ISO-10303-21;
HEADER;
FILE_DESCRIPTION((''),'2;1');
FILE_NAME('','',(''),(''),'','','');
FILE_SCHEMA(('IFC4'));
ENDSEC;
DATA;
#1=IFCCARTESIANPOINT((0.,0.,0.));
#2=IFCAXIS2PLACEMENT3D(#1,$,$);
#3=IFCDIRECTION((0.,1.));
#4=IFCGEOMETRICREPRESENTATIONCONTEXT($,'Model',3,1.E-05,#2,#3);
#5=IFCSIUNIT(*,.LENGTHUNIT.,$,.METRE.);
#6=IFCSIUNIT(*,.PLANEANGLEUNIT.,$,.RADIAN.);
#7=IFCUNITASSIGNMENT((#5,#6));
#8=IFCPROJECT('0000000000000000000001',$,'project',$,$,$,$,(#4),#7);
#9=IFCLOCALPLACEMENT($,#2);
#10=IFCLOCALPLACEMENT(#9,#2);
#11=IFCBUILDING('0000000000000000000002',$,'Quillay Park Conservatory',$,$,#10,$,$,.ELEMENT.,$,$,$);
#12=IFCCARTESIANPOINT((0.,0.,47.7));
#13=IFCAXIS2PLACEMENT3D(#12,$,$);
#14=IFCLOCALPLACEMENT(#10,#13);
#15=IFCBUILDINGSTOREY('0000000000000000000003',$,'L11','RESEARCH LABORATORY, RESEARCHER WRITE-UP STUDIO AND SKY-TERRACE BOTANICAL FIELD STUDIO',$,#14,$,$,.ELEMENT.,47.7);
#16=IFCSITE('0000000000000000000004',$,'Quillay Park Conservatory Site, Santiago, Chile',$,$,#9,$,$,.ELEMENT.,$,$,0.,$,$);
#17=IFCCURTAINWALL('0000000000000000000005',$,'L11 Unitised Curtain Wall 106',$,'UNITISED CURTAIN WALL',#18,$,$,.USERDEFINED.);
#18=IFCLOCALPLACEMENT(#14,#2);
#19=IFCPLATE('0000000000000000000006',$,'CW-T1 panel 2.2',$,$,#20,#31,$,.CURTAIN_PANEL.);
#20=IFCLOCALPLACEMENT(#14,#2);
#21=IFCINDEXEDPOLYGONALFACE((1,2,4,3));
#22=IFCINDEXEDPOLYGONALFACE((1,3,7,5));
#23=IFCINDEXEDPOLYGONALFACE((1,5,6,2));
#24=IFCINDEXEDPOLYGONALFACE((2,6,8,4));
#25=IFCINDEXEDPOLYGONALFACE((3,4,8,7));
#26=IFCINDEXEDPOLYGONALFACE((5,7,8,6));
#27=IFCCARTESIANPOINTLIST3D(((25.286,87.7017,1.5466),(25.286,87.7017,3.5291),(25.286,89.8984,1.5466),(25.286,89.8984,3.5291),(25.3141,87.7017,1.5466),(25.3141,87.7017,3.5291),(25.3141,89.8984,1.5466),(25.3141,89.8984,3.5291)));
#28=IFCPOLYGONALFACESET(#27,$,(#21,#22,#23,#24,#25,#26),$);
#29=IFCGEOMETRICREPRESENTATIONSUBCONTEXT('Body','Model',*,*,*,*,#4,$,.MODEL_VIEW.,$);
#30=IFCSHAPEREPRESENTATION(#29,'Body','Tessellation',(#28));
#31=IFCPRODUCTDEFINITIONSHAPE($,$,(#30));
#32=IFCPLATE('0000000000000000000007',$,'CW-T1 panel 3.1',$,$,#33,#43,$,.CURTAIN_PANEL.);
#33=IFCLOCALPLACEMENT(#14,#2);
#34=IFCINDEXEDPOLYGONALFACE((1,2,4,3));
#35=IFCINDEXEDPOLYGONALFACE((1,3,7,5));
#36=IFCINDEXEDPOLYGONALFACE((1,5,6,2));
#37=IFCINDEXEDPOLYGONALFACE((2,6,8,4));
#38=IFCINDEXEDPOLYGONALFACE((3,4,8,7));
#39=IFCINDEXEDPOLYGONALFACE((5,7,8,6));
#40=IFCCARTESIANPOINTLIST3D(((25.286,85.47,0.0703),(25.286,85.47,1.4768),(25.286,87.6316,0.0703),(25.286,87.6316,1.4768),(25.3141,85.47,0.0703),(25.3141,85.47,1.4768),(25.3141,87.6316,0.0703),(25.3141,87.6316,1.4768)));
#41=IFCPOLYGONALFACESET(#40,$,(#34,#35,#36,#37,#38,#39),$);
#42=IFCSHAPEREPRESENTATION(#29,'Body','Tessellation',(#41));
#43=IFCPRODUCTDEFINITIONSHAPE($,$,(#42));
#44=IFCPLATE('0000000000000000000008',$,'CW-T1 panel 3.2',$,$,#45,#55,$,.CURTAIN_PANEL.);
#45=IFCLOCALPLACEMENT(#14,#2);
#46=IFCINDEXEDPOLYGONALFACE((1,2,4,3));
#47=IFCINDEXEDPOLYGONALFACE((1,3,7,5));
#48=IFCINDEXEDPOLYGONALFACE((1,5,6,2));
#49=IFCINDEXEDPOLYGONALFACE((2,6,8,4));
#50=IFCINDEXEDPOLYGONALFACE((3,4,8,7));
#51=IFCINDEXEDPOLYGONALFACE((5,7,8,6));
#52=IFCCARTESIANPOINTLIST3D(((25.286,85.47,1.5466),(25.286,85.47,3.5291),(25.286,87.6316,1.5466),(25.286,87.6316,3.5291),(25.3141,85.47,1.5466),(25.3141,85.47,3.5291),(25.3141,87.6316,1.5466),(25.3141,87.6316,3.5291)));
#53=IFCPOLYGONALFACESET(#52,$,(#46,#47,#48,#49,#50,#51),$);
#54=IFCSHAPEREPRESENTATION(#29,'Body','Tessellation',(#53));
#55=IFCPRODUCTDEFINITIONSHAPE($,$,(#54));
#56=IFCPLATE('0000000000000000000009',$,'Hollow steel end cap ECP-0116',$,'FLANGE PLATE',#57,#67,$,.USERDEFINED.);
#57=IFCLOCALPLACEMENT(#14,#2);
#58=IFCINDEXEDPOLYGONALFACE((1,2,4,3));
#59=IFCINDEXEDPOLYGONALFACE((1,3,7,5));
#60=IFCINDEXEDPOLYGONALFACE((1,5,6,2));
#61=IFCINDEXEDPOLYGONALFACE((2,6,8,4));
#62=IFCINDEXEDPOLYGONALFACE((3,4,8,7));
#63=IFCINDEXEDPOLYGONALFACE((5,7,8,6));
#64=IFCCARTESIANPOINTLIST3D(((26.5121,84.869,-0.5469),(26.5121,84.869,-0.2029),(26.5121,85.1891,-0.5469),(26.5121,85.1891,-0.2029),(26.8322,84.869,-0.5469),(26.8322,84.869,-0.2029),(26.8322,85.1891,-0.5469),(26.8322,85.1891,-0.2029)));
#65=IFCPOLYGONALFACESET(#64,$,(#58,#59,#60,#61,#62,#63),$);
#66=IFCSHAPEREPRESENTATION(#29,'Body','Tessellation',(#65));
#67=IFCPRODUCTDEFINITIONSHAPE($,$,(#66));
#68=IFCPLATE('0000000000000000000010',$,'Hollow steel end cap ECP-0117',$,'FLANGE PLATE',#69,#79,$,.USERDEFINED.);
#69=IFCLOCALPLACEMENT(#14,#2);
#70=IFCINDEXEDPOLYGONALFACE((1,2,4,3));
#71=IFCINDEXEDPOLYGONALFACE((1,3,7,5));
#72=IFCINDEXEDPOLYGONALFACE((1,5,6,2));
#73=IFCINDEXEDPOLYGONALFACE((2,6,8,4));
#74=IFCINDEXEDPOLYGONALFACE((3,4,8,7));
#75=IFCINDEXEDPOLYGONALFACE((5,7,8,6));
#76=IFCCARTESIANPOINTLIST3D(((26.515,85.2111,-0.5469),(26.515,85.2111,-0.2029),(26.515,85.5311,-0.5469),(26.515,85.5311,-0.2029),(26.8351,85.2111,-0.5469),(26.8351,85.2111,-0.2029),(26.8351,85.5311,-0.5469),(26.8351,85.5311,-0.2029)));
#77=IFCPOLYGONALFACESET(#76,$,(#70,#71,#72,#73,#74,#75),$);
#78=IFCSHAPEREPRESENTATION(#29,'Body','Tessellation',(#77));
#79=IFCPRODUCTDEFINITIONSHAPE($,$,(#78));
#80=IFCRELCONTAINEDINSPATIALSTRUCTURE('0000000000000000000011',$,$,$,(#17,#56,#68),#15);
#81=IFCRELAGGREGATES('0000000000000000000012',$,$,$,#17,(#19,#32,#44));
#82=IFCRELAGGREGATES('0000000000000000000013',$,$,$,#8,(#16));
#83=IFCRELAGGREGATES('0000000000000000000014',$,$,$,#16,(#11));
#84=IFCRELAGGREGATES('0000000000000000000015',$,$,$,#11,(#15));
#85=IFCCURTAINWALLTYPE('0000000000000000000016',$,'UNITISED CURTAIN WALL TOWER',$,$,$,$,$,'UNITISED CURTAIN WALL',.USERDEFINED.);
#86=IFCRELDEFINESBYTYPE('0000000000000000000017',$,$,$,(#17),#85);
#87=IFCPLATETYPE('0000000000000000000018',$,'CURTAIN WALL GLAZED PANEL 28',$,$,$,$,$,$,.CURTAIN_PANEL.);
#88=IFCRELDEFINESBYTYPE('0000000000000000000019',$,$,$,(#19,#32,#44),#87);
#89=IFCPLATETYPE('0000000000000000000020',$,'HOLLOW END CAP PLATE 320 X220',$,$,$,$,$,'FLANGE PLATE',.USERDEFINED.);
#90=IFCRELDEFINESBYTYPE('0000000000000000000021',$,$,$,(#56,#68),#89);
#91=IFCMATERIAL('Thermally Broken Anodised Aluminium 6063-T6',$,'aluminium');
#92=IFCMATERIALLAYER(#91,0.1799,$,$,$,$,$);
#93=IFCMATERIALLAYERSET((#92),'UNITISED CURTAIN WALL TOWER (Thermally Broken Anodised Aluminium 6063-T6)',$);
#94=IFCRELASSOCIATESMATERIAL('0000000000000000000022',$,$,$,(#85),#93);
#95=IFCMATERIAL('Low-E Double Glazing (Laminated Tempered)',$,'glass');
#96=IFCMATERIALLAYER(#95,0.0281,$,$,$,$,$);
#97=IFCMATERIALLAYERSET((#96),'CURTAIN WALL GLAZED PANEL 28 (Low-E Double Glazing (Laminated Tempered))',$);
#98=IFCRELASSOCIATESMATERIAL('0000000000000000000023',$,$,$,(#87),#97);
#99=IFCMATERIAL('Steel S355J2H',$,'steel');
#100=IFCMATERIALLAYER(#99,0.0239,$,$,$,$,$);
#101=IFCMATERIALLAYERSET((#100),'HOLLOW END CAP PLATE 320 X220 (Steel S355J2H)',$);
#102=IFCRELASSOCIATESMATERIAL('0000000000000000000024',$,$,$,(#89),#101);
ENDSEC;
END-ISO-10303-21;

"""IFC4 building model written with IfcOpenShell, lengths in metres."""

from ifc_helpers import new_model, si_unit, direction, frame, origin, origin_2d, place, context, subcontext, project, spatial, rectangle, extrude, material, layer, layer_set, type_object, element, aggregate, save


model = new_model("IFC4")

# Units and contexts
model_context = context("Model", 3, precision=1e-05, world=origin(), true_north=direction((0.0, 1.0)))
body_context = subcontext(model_context, "Body", "Model", "MODEL_VIEW")
ifc_project = project(units=[si_unit("LENGTHUNIT", "METRE"), si_unit("PLANEANGLEUNIT", "RADIAN")], contexts=[model_context])

# Site, building, storey
site_placement = place(None, origin())
site = spatial("IfcSite", under=ifc_project, at=site_placement, Name="Quillay Park Conservatory Site, Santiago, Chile", CompositionType="ELEMENT", RefElevation=0.0)
building_placement = place(site_placement, origin())
building = spatial("IfcBuilding", under=site, at=building_placement, Name="Quillay Park Conservatory", CompositionType="ELEMENT")
storey_placement = place(building_placement, frame((0.0, 0.0, 47.7)))
storey = spatial("IfcBuildingStorey", under=building, at=storey_placement, Name="L11", Description="RESEARCH LABORATORY, RESEARCHER WRITE-UP STUDIO AND SKY-TERRACE BOTANICAL FIELD STUDIO", CompositionType="ELEMENT", Elevation=47.7)

# Curtain wall
ifc_material_1 = material(Name="Thermally Broken Anodised Aluminium 6063-T6", Category="aluminium")
ifc_layer_1 = layer(ifc_material_1, 0.1799)
ifc_layer_set_1 = layer_set([ifc_layer_1], Name="UNITISED CURTAIN WALL TOWER (Thermally Broken Anodised Aluminium 6063-T6)")
curtain_wall_type = type_object("IfcCurtainWallType", Name="UNITISED CURTAIN WALL TOWER", ElementType="UNITISED CURTAIN WALL", PredefinedType="USERDEFINED", material=ifc_layer_set_1)
curtain_wall_placement = place(storey_placement, origin())
curtain_wall = element("IfcCurtainWall", 1, at=curtain_wall_placement, inside=storey, type_object=curtain_wall_type, Name="L11 Unitised Curtain Wall 106", ObjectType="UNITISED CURTAIN WALL", PredefinedType="USERDEFINED")

# Plates
ifc_material_2 = material(Name="Low-E Double Glazing (Laminated Tempered)", Category="glass")
ifc_layer_2 = layer(ifc_material_2, 0.0281)
ifc_layer_set_2 = layer_set([ifc_layer_2], Name="CURTAIN WALL GLAZED PANEL 28 (Low-E Double Glazing (Laminated Tempered))")
plate_type_1 = type_object("IfcPlateType", Name="CURTAIN WALL GLAZED PANEL 28", PredefinedType="CURTAIN_PANEL", material=ifc_layer_set_2)
plate_1_placement = place(storey_placement, frame((25.3, 88.8, 1.5466), z_axis=(0.0, 0.0, 1.0), x_axis=(0.0, -1.0, 0.0)))
plate_1 = element("IfcPlate", 2, at=plate_1_placement, type_object=plate_type_1, Name="CW-T1 panel 2.2", PredefinedType="CURTAIN_PANEL", context=body_context, shape_type="SweptSolid", body=[
    extrude(rectangle(XDim=2.1968, YDim=0.0281, at=origin_2d()), origin(), (0.0, 0.0, 1.0), 1.9824),
])
plate_2_placement = place(storey_placement, frame((25.3, 86.5508, 0.0703), z_axis=(0.0, 0.0, 1.0), x_axis=(0.0, -1.0, 0.0)))
plate_2 = element("IfcPlate", 3, at=plate_2_placement, type_object=plate_type_1, Name="CW-T1 panel 3.1", PredefinedType="CURTAIN_PANEL", context=body_context, shape_type="SweptSolid", body=[
    extrude(rectangle(XDim=2.1616, YDim=0.0281, at=origin_2d()), origin(), (0.0, 0.0, 1.0), 1.4065),
])
plate_3_placement = place(storey_placement, frame((25.3, 86.5508, 1.5466), z_axis=(0.0, 0.0, 1.0), x_axis=(0.0, -1.0, 0.0)))
plate_3 = element("IfcPlate", 4, at=plate_3_placement, type_object=plate_type_1, Name="CW-T1 panel 3.2", PredefinedType="CURTAIN_PANEL", context=body_context, shape_type="SweptSolid", body=[
    extrude(rectangle(XDim=2.1616, YDim=0.0281, at=origin_2d()), origin(), (0.0, 0.0, 1.0), 1.9824),
])
aggregate(curtain_wall, [plate_1, plate_2, plate_3])

# Plates
ifc_material_3 = material(Name="Steel S355J2H", Category="steel")
ifc_layer_3 = layer(ifc_material_3, 0.0239)
ifc_layer_set_3 = layer_set([ifc_layer_3], Name="HOLLOW END CAP PLATE 320 X220 (Steel S355J2H)")
plate_type_2 = type_object("IfcPlateType", Name="HOLLOW END CAP PLATE 320 X220", ElementType="FLANGE PLATE", PredefinedType="USERDEFINED", material=ifc_layer_set_3)
for number, where, z_axis, x_axis, name in (
    (5, (26.6721, 85.0291, -0.5469), (0.0, 0.0, 1.0), (1.0, 0.0, 0.0), "Hollow steel end cap ECP-0116"),
    (6, (26.675, 85.3711, -0.5469), (0.0, 0.0, 1.0), (1.0, 0.0, 0.0), "Hollow steel end cap ECP-0117"),
):
    element("IfcPlate", number, at=place(storey_placement, frame(where, z_axis=z_axis, x_axis=x_axis)), inside=storey, type_object=plate_type_2, Name=name, ObjectType="FLANGE PLATE", PredefinedType="USERDEFINED", context=body_context, shape_type="SweptSolid", body=[
        extrude(rectangle(XDim=0.3201, YDim=0.3201, at=origin_2d()), origin(), (0.0, 0.0, 1.0), 0.344),
    ])

save(model, "model.ifc")
